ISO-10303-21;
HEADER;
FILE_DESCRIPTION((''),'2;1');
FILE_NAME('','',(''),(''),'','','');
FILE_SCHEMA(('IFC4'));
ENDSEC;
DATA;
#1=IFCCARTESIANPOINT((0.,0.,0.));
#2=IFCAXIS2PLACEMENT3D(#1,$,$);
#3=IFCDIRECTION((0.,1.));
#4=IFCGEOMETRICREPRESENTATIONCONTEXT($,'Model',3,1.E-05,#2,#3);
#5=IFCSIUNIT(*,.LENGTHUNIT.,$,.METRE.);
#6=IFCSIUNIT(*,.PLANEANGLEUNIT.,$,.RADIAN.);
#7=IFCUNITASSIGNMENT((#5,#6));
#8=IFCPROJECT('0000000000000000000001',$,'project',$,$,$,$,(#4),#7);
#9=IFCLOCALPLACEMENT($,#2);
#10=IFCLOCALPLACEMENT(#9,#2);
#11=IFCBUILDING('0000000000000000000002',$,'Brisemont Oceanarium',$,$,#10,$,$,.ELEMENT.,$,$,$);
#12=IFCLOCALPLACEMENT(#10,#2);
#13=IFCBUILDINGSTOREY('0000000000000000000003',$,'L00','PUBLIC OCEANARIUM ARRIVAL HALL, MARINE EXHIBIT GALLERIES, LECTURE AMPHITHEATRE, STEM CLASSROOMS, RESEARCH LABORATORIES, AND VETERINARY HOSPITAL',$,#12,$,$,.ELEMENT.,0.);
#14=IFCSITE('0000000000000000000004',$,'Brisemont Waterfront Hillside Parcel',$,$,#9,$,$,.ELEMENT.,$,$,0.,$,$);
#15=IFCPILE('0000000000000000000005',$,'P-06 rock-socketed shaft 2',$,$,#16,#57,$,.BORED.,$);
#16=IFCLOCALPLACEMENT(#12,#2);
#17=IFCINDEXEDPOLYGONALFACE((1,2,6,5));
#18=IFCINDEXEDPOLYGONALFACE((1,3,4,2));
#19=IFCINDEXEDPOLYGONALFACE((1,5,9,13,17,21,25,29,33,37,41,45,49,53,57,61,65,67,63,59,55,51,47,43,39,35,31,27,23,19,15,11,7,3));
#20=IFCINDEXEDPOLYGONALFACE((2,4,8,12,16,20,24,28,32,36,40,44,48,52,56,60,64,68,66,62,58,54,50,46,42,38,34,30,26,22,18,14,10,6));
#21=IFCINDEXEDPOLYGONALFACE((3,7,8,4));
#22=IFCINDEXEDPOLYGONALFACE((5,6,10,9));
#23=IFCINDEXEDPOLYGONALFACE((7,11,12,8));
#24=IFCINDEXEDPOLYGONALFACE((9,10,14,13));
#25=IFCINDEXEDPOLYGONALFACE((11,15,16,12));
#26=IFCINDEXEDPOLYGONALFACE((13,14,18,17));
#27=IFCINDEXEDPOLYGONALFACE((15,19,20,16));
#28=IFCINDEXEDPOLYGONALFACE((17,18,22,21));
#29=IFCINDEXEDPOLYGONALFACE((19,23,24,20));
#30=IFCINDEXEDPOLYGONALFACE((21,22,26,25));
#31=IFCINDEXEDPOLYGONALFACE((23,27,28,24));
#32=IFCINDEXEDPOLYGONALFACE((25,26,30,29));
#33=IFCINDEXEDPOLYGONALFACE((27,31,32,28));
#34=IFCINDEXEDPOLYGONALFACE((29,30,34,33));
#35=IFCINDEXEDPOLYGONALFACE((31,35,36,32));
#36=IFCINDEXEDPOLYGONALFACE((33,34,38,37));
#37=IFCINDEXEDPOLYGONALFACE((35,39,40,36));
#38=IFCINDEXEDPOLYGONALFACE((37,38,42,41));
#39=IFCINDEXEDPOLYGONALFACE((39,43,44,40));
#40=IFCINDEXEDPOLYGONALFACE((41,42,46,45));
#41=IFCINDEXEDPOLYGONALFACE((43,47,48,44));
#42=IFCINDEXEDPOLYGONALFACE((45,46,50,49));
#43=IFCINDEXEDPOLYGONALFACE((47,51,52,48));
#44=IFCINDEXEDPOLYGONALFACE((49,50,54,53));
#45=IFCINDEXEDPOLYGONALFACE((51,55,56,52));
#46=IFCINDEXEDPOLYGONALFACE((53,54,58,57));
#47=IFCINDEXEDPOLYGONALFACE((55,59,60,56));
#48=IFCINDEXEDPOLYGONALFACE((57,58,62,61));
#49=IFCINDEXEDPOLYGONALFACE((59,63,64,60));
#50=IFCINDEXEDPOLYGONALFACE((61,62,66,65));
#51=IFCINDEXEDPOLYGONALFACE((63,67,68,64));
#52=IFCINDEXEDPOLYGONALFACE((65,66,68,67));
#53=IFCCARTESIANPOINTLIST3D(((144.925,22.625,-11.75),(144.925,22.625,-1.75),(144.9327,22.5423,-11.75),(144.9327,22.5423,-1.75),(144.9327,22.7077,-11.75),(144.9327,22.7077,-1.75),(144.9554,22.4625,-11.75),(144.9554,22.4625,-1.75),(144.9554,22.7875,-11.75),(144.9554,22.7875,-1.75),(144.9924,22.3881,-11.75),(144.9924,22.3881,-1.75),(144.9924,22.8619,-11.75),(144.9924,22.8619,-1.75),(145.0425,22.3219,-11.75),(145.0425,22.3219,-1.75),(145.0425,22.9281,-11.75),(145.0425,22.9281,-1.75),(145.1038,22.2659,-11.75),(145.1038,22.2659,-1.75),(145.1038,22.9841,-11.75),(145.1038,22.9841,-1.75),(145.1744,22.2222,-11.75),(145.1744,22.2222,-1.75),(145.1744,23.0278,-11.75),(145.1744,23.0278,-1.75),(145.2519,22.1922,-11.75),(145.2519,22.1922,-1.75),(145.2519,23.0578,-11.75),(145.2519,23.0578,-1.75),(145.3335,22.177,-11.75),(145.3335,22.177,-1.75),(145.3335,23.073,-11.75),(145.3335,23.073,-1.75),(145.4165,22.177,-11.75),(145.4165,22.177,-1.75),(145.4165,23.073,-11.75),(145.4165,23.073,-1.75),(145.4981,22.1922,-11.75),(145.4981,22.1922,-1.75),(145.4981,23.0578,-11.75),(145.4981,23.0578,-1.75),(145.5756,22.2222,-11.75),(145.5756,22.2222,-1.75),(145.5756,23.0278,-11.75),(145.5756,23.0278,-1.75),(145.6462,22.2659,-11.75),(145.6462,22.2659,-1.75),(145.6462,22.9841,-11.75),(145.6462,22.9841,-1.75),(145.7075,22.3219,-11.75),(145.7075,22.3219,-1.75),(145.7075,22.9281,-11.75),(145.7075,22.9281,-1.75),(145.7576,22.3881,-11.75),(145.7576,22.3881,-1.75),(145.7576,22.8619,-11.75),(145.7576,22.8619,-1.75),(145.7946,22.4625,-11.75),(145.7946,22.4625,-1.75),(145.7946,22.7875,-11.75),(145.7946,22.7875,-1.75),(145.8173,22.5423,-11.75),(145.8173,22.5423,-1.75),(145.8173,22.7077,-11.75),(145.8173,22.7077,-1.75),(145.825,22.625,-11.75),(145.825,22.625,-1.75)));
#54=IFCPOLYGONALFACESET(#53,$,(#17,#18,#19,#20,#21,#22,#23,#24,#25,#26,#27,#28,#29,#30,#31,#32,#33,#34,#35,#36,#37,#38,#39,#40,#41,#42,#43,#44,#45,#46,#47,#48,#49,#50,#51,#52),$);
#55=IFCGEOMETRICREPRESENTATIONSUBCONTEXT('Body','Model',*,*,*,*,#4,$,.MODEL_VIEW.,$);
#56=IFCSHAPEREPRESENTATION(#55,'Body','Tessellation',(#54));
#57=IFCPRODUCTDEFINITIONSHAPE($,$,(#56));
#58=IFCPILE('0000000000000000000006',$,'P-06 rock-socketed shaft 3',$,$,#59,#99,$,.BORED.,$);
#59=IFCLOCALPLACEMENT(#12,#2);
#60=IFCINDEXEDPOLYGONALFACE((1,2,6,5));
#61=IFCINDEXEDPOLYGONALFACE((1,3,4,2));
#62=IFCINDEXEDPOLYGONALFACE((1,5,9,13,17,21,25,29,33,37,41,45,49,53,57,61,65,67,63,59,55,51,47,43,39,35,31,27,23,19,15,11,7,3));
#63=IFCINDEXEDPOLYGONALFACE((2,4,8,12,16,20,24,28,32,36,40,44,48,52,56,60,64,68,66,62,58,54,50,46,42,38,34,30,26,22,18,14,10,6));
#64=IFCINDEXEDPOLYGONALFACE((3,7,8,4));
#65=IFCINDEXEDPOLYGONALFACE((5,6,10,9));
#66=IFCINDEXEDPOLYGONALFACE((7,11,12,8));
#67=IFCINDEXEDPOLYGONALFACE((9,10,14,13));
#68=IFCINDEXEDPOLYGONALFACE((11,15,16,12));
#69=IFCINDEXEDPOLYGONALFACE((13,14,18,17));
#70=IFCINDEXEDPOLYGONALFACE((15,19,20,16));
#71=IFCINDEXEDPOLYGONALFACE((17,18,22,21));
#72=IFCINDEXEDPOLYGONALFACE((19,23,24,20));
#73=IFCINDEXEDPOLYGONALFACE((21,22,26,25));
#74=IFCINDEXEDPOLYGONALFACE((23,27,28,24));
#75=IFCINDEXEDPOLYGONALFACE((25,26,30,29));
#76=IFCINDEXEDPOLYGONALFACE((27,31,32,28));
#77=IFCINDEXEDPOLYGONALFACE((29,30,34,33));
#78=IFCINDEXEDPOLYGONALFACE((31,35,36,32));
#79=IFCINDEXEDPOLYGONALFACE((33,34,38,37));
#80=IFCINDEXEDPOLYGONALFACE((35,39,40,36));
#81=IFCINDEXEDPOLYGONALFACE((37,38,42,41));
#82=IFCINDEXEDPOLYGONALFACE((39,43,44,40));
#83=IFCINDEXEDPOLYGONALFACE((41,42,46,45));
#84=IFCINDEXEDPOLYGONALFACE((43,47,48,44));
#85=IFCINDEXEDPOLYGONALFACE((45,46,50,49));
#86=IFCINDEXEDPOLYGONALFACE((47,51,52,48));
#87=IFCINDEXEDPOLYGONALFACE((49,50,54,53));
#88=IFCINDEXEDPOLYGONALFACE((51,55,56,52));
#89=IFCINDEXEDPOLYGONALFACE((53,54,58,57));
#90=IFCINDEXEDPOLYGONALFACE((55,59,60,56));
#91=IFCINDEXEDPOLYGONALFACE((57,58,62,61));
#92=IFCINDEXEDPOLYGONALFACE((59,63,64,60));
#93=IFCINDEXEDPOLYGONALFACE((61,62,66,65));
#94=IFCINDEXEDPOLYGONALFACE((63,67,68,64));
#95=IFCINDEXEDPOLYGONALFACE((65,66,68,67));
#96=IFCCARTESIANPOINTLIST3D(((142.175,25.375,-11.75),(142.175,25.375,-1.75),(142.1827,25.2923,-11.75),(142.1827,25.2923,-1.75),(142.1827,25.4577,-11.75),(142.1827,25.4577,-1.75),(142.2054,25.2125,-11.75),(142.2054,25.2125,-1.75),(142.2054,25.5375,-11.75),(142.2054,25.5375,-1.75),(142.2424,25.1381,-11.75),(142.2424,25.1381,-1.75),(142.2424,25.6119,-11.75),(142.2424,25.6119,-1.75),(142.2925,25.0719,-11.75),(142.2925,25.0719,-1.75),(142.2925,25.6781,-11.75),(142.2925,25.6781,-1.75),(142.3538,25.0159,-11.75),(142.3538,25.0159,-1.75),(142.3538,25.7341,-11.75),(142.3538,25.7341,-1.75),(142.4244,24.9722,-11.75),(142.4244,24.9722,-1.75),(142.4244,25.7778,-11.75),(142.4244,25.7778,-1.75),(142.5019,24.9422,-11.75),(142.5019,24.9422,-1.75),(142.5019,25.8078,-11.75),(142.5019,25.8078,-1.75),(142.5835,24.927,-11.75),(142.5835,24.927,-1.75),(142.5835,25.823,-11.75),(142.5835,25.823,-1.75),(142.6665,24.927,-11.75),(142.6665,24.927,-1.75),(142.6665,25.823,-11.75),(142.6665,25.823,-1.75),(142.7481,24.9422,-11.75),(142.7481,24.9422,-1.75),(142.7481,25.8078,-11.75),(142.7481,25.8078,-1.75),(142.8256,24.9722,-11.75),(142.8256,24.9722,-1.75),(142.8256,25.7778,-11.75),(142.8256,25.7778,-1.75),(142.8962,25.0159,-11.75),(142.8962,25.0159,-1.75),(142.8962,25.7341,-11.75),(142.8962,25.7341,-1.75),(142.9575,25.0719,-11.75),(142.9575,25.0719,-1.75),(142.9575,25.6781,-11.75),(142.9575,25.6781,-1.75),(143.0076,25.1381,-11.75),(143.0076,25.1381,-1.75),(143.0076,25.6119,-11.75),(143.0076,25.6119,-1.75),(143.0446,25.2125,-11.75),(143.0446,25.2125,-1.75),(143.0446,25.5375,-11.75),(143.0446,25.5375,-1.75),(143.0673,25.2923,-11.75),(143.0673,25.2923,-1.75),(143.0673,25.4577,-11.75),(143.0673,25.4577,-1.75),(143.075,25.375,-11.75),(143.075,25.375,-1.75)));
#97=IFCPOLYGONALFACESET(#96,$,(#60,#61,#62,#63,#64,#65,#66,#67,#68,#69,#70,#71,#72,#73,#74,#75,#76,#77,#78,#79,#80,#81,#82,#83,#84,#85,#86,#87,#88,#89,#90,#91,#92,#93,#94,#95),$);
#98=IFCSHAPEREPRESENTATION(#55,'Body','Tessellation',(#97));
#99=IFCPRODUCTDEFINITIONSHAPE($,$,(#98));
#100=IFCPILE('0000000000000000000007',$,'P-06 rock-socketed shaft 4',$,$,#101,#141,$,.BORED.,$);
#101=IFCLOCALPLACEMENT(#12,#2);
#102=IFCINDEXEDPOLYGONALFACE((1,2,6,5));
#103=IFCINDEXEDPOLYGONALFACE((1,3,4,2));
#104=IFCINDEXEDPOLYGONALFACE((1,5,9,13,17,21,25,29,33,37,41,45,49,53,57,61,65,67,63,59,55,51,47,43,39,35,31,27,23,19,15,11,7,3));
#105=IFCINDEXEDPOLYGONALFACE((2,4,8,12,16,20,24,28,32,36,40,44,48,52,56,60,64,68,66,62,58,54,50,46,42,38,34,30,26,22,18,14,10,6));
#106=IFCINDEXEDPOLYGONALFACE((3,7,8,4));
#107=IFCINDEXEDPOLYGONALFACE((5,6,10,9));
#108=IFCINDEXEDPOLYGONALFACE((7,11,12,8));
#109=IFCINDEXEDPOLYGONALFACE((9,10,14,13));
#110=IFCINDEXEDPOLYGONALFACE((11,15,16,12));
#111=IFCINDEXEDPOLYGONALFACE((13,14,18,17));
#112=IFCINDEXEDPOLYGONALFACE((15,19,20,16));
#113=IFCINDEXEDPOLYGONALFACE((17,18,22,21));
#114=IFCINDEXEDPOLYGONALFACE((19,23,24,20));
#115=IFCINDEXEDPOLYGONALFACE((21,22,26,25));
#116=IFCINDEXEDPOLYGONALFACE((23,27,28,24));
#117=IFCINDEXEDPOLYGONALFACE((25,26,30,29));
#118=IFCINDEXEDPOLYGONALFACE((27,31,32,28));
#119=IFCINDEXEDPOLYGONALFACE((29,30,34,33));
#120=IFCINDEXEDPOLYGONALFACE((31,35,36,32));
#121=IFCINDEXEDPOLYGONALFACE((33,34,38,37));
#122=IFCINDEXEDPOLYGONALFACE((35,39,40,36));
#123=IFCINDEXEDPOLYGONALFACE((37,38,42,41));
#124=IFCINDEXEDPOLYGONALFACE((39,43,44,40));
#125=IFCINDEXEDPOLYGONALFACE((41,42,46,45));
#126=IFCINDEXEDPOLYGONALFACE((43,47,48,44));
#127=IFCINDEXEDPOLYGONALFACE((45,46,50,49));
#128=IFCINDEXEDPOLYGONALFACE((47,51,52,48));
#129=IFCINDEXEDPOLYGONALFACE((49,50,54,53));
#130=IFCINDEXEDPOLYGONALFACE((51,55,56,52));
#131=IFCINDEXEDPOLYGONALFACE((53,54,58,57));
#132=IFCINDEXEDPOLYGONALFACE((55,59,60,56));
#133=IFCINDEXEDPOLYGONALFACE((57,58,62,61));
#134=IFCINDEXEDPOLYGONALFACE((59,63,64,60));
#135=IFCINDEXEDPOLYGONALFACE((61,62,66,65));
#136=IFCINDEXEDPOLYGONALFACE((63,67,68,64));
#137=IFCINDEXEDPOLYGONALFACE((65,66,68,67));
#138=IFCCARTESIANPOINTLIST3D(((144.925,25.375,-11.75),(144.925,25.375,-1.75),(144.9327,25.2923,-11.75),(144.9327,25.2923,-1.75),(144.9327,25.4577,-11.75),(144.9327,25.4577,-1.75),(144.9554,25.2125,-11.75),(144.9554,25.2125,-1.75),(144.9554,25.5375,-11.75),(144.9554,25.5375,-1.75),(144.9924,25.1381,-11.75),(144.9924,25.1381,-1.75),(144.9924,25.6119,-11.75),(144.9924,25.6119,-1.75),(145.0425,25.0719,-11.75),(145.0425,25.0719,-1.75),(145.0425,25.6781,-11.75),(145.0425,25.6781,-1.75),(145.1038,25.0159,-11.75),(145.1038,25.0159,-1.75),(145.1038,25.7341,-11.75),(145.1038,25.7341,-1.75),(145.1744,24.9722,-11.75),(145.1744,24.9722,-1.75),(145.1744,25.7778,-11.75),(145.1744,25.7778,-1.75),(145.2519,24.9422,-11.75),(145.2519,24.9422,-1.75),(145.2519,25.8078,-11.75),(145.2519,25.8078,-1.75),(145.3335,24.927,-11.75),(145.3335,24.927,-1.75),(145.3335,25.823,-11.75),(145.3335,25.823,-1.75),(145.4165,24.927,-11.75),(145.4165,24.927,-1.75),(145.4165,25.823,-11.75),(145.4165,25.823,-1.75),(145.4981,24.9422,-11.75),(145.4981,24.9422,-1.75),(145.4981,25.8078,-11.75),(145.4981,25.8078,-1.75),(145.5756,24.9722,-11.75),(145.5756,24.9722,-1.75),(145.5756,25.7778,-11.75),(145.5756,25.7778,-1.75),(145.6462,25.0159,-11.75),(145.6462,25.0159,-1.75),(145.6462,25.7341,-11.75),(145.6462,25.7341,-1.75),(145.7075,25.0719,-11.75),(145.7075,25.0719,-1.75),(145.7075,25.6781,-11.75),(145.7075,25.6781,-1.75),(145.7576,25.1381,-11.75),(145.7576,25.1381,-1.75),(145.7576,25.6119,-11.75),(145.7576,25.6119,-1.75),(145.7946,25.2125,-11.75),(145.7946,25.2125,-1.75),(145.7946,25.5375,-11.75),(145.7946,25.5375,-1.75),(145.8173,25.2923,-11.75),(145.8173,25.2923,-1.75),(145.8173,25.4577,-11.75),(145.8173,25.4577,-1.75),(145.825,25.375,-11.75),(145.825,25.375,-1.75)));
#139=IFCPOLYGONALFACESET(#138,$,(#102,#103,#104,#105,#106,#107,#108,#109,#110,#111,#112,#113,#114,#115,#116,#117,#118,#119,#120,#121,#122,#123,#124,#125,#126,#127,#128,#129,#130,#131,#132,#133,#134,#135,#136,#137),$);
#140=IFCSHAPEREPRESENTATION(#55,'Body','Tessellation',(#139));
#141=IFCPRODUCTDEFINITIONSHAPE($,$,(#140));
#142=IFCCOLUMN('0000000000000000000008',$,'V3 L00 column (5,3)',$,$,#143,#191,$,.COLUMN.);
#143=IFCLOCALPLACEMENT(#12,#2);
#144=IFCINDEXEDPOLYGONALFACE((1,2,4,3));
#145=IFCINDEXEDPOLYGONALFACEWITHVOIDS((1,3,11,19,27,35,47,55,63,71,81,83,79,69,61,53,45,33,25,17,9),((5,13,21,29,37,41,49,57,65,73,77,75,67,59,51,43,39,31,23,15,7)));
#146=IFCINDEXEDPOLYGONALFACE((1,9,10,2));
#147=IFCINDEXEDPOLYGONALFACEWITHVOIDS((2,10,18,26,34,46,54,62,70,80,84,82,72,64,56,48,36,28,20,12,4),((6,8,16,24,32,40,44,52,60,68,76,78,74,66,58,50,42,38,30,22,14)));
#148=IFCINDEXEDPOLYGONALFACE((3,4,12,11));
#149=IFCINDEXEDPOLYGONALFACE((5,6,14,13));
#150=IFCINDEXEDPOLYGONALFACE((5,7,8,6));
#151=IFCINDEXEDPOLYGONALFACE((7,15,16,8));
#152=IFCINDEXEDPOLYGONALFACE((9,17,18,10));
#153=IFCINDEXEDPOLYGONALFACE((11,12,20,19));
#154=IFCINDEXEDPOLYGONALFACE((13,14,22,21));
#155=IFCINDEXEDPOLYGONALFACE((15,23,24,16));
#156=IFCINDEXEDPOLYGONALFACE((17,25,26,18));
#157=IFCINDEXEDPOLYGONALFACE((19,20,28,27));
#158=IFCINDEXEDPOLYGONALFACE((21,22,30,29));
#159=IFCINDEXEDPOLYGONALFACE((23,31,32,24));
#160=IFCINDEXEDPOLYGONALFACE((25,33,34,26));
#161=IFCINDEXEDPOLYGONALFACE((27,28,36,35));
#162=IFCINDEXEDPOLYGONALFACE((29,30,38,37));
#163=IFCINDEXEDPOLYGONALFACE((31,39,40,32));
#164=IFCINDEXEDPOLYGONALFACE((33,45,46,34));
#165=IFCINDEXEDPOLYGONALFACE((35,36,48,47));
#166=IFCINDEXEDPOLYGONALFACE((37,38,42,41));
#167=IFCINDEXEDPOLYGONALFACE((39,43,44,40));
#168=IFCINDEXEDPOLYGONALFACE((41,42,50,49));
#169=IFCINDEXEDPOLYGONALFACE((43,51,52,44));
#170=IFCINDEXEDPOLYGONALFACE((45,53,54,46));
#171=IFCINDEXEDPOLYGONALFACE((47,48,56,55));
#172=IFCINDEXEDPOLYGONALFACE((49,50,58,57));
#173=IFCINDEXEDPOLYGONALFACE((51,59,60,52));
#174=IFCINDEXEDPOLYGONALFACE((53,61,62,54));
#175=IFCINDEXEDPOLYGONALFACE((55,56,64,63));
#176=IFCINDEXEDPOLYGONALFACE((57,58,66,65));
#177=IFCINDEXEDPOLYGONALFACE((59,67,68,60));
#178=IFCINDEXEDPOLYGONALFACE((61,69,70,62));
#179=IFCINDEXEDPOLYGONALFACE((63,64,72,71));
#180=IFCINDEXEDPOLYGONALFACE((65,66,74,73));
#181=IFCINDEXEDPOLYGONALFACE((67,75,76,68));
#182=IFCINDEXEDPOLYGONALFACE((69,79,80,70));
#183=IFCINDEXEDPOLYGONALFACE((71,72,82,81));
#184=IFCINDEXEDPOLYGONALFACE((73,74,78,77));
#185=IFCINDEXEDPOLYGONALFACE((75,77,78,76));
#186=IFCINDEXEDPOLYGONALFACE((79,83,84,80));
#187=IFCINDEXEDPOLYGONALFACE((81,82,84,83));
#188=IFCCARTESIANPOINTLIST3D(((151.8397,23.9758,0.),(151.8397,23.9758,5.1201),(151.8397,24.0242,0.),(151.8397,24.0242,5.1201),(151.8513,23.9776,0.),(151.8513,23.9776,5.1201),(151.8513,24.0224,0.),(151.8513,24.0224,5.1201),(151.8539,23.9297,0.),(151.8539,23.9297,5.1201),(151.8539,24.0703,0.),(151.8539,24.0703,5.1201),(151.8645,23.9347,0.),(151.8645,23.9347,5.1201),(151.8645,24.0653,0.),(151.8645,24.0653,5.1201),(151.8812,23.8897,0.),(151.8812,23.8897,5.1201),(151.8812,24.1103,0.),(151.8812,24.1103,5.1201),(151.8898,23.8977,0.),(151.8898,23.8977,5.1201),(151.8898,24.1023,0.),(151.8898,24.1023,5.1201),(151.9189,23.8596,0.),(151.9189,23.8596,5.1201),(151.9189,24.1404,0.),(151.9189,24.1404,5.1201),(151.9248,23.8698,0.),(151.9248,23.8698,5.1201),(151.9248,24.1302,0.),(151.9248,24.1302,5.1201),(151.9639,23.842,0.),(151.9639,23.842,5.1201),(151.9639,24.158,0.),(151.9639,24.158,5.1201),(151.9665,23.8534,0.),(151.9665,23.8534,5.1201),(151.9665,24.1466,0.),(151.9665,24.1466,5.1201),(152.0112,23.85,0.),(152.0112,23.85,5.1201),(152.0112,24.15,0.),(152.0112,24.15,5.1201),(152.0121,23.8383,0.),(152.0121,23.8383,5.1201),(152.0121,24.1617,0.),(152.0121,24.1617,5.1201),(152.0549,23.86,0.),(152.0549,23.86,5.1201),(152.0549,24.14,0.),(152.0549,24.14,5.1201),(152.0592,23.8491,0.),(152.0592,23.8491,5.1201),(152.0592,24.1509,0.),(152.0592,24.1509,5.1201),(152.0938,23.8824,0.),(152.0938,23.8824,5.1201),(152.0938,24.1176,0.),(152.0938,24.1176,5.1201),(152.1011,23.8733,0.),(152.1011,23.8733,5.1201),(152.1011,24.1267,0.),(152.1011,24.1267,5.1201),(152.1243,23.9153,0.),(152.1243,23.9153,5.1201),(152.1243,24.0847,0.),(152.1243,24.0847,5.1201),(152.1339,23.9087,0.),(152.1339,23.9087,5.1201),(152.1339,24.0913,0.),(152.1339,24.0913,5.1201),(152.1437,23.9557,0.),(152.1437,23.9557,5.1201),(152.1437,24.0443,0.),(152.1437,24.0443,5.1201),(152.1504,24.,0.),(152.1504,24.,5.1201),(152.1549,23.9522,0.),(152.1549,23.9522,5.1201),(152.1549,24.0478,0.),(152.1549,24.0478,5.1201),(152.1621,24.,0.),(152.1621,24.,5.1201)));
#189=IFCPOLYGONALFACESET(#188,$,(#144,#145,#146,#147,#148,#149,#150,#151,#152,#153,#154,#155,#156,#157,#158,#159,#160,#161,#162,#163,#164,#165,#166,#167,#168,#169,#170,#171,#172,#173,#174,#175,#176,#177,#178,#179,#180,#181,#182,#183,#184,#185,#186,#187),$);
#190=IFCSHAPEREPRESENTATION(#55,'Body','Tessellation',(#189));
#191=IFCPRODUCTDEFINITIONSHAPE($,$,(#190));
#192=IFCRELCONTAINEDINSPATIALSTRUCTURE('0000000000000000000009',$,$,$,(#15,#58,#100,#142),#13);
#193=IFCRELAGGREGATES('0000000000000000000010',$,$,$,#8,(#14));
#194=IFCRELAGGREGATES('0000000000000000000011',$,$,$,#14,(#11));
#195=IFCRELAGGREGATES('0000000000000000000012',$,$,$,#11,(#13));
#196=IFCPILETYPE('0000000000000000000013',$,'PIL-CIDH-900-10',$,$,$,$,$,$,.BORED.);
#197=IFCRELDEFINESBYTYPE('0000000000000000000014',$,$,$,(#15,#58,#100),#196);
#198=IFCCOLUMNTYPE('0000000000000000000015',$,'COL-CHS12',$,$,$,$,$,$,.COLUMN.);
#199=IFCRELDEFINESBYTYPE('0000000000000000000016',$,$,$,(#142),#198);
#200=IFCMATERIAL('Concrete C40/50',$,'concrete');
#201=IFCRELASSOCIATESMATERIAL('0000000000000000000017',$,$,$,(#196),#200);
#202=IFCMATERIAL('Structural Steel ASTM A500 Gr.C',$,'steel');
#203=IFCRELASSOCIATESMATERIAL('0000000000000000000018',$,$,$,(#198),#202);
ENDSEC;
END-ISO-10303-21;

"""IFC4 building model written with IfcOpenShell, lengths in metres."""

from ifc_helpers import new_model, si_unit, direction, frame, origin, origin_2d, place, context, subcontext, project, spatial, circle, hollow_circle, extrude, material, material_profile, profile_set, type_object, element, save


model = new_model("IFC4")

# Units and contexts
model_context = context("Model", 3, precision=1e-05, world=origin(), true_north=direction((0.0, 1.0)))
body_context = subcontext(model_context, "Body", "Model", "MODEL_VIEW")
ifc_project = project(units=[si_unit("LENGTHUNIT", "METRE"), si_unit("PLANEANGLEUNIT", "RADIAN")], contexts=[model_context])

# Site, building, storey
site_placement = place(None, origin())
site = spatial("IfcSite", under=ifc_project, at=site_placement, Name="Brisemont Waterfront Hillside Parcel", CompositionType="ELEMENT", RefElevation=0.0)
building_placement = place(site_placement, origin())
building = spatial("IfcBuilding", under=site, at=building_placement, Name="Brisemont Oceanarium", CompositionType="ELEMENT")
storey_placement = place(building_placement, origin())
storey = spatial("IfcBuildingStorey", under=building, at=storey_placement, Name="L00", Description="PUBLIC OCEANARIUM ARRIVAL HALL, MARINE EXHIBIT GALLERIES, LECTURE AMPHITHEATRE, STEM CLASSROOMS, RESEARCH LABORATORIES, AND VETERINARY HOSPITAL", CompositionType="ELEMENT", Elevation=0.0)

# Piles
ifc_material_1 = material(Name="Concrete C40/50", Category="concrete")
ifc_material_profile_1 = material_profile(ifc_material_1, circle(Radius=0.45, at=origin_2d()), Name="CIDH-D900")
ifc_profile_set_1 = profile_set([ifc_material_profile_1], Name="Concrete C40/50")
pile_type_1 = type_object("IfcPileType", Name="PIL-CIDH-900-10", PredefinedType="BORED", material=ifc_profile_set_1)
for number, where, z_axis, x_axis, name in (
    (1, (145.375, 22.625, -1.75), (0.0, 0.0, -1.0), (1.0, 0.0, 0.0), "P-06 rock-socketed shaft 2"),
    (2, (142.625, 25.375, -1.75), (0.0, 0.0, -1.0), (1.0, 0.0, 0.0), "P-06 rock-socketed shaft 3"),
    (3, (145.375, 25.375, -1.75), (0.0, 0.0, -1.0), (1.0, 0.0, 0.0), "P-06 rock-socketed shaft 4"),
):
    element("IfcPile", number, at=place(storey_placement, frame(where, z_axis=z_axis, x_axis=x_axis)), inside=storey, type_object=pile_type_1, Name=name, PredefinedType="BORED", context=body_context, shape_type="SweptSolid", body=[
        extrude(circle(Radius=0.45, at=origin_2d()), origin(), (0.0, 0.0, 1.0), 10.0),
    ])

# Column
ifc_material_2 = material(Name="Structural Steel ASTM A500 Gr.C", Category="steel")
ifc_material_profile_2 = material_profile(ifc_material_2, hollow_circle(Radius=0.1621, WallThickness=0.0117, at=origin_2d()), Name="HSS12.750X0.500")
ifc_profile_set_2 = profile_set([ifc_material_profile_2], Name="Structural Steel ASTM A500 Gr.C")
column_type_1 = type_object("IfcColumnType", Name="COL-CHS12", PredefinedType="COLUMN", material=ifc_profile_set_2)
column_1_placement = place(storey_placement, frame((152.0, 24.0, 0.0), z_axis=(0.0, 0.0, 1.0), x_axis=(1.0, 0.0, 0.0)))
element("IfcColumn", 4, at=column_1_placement, inside=storey, type_object=column_type_1, Name="V3 L00 column (5,3)", PredefinedType="COLUMN", context=body_context, shape_type="SweptSolid", body=[
    extrude(hollow_circle(Radius=0.1621, WallThickness=0.0117, at=origin_2d()), origin(), (0.0, 0.0, 1.0), 5.1201),
])

save(model, "model.ifc")
